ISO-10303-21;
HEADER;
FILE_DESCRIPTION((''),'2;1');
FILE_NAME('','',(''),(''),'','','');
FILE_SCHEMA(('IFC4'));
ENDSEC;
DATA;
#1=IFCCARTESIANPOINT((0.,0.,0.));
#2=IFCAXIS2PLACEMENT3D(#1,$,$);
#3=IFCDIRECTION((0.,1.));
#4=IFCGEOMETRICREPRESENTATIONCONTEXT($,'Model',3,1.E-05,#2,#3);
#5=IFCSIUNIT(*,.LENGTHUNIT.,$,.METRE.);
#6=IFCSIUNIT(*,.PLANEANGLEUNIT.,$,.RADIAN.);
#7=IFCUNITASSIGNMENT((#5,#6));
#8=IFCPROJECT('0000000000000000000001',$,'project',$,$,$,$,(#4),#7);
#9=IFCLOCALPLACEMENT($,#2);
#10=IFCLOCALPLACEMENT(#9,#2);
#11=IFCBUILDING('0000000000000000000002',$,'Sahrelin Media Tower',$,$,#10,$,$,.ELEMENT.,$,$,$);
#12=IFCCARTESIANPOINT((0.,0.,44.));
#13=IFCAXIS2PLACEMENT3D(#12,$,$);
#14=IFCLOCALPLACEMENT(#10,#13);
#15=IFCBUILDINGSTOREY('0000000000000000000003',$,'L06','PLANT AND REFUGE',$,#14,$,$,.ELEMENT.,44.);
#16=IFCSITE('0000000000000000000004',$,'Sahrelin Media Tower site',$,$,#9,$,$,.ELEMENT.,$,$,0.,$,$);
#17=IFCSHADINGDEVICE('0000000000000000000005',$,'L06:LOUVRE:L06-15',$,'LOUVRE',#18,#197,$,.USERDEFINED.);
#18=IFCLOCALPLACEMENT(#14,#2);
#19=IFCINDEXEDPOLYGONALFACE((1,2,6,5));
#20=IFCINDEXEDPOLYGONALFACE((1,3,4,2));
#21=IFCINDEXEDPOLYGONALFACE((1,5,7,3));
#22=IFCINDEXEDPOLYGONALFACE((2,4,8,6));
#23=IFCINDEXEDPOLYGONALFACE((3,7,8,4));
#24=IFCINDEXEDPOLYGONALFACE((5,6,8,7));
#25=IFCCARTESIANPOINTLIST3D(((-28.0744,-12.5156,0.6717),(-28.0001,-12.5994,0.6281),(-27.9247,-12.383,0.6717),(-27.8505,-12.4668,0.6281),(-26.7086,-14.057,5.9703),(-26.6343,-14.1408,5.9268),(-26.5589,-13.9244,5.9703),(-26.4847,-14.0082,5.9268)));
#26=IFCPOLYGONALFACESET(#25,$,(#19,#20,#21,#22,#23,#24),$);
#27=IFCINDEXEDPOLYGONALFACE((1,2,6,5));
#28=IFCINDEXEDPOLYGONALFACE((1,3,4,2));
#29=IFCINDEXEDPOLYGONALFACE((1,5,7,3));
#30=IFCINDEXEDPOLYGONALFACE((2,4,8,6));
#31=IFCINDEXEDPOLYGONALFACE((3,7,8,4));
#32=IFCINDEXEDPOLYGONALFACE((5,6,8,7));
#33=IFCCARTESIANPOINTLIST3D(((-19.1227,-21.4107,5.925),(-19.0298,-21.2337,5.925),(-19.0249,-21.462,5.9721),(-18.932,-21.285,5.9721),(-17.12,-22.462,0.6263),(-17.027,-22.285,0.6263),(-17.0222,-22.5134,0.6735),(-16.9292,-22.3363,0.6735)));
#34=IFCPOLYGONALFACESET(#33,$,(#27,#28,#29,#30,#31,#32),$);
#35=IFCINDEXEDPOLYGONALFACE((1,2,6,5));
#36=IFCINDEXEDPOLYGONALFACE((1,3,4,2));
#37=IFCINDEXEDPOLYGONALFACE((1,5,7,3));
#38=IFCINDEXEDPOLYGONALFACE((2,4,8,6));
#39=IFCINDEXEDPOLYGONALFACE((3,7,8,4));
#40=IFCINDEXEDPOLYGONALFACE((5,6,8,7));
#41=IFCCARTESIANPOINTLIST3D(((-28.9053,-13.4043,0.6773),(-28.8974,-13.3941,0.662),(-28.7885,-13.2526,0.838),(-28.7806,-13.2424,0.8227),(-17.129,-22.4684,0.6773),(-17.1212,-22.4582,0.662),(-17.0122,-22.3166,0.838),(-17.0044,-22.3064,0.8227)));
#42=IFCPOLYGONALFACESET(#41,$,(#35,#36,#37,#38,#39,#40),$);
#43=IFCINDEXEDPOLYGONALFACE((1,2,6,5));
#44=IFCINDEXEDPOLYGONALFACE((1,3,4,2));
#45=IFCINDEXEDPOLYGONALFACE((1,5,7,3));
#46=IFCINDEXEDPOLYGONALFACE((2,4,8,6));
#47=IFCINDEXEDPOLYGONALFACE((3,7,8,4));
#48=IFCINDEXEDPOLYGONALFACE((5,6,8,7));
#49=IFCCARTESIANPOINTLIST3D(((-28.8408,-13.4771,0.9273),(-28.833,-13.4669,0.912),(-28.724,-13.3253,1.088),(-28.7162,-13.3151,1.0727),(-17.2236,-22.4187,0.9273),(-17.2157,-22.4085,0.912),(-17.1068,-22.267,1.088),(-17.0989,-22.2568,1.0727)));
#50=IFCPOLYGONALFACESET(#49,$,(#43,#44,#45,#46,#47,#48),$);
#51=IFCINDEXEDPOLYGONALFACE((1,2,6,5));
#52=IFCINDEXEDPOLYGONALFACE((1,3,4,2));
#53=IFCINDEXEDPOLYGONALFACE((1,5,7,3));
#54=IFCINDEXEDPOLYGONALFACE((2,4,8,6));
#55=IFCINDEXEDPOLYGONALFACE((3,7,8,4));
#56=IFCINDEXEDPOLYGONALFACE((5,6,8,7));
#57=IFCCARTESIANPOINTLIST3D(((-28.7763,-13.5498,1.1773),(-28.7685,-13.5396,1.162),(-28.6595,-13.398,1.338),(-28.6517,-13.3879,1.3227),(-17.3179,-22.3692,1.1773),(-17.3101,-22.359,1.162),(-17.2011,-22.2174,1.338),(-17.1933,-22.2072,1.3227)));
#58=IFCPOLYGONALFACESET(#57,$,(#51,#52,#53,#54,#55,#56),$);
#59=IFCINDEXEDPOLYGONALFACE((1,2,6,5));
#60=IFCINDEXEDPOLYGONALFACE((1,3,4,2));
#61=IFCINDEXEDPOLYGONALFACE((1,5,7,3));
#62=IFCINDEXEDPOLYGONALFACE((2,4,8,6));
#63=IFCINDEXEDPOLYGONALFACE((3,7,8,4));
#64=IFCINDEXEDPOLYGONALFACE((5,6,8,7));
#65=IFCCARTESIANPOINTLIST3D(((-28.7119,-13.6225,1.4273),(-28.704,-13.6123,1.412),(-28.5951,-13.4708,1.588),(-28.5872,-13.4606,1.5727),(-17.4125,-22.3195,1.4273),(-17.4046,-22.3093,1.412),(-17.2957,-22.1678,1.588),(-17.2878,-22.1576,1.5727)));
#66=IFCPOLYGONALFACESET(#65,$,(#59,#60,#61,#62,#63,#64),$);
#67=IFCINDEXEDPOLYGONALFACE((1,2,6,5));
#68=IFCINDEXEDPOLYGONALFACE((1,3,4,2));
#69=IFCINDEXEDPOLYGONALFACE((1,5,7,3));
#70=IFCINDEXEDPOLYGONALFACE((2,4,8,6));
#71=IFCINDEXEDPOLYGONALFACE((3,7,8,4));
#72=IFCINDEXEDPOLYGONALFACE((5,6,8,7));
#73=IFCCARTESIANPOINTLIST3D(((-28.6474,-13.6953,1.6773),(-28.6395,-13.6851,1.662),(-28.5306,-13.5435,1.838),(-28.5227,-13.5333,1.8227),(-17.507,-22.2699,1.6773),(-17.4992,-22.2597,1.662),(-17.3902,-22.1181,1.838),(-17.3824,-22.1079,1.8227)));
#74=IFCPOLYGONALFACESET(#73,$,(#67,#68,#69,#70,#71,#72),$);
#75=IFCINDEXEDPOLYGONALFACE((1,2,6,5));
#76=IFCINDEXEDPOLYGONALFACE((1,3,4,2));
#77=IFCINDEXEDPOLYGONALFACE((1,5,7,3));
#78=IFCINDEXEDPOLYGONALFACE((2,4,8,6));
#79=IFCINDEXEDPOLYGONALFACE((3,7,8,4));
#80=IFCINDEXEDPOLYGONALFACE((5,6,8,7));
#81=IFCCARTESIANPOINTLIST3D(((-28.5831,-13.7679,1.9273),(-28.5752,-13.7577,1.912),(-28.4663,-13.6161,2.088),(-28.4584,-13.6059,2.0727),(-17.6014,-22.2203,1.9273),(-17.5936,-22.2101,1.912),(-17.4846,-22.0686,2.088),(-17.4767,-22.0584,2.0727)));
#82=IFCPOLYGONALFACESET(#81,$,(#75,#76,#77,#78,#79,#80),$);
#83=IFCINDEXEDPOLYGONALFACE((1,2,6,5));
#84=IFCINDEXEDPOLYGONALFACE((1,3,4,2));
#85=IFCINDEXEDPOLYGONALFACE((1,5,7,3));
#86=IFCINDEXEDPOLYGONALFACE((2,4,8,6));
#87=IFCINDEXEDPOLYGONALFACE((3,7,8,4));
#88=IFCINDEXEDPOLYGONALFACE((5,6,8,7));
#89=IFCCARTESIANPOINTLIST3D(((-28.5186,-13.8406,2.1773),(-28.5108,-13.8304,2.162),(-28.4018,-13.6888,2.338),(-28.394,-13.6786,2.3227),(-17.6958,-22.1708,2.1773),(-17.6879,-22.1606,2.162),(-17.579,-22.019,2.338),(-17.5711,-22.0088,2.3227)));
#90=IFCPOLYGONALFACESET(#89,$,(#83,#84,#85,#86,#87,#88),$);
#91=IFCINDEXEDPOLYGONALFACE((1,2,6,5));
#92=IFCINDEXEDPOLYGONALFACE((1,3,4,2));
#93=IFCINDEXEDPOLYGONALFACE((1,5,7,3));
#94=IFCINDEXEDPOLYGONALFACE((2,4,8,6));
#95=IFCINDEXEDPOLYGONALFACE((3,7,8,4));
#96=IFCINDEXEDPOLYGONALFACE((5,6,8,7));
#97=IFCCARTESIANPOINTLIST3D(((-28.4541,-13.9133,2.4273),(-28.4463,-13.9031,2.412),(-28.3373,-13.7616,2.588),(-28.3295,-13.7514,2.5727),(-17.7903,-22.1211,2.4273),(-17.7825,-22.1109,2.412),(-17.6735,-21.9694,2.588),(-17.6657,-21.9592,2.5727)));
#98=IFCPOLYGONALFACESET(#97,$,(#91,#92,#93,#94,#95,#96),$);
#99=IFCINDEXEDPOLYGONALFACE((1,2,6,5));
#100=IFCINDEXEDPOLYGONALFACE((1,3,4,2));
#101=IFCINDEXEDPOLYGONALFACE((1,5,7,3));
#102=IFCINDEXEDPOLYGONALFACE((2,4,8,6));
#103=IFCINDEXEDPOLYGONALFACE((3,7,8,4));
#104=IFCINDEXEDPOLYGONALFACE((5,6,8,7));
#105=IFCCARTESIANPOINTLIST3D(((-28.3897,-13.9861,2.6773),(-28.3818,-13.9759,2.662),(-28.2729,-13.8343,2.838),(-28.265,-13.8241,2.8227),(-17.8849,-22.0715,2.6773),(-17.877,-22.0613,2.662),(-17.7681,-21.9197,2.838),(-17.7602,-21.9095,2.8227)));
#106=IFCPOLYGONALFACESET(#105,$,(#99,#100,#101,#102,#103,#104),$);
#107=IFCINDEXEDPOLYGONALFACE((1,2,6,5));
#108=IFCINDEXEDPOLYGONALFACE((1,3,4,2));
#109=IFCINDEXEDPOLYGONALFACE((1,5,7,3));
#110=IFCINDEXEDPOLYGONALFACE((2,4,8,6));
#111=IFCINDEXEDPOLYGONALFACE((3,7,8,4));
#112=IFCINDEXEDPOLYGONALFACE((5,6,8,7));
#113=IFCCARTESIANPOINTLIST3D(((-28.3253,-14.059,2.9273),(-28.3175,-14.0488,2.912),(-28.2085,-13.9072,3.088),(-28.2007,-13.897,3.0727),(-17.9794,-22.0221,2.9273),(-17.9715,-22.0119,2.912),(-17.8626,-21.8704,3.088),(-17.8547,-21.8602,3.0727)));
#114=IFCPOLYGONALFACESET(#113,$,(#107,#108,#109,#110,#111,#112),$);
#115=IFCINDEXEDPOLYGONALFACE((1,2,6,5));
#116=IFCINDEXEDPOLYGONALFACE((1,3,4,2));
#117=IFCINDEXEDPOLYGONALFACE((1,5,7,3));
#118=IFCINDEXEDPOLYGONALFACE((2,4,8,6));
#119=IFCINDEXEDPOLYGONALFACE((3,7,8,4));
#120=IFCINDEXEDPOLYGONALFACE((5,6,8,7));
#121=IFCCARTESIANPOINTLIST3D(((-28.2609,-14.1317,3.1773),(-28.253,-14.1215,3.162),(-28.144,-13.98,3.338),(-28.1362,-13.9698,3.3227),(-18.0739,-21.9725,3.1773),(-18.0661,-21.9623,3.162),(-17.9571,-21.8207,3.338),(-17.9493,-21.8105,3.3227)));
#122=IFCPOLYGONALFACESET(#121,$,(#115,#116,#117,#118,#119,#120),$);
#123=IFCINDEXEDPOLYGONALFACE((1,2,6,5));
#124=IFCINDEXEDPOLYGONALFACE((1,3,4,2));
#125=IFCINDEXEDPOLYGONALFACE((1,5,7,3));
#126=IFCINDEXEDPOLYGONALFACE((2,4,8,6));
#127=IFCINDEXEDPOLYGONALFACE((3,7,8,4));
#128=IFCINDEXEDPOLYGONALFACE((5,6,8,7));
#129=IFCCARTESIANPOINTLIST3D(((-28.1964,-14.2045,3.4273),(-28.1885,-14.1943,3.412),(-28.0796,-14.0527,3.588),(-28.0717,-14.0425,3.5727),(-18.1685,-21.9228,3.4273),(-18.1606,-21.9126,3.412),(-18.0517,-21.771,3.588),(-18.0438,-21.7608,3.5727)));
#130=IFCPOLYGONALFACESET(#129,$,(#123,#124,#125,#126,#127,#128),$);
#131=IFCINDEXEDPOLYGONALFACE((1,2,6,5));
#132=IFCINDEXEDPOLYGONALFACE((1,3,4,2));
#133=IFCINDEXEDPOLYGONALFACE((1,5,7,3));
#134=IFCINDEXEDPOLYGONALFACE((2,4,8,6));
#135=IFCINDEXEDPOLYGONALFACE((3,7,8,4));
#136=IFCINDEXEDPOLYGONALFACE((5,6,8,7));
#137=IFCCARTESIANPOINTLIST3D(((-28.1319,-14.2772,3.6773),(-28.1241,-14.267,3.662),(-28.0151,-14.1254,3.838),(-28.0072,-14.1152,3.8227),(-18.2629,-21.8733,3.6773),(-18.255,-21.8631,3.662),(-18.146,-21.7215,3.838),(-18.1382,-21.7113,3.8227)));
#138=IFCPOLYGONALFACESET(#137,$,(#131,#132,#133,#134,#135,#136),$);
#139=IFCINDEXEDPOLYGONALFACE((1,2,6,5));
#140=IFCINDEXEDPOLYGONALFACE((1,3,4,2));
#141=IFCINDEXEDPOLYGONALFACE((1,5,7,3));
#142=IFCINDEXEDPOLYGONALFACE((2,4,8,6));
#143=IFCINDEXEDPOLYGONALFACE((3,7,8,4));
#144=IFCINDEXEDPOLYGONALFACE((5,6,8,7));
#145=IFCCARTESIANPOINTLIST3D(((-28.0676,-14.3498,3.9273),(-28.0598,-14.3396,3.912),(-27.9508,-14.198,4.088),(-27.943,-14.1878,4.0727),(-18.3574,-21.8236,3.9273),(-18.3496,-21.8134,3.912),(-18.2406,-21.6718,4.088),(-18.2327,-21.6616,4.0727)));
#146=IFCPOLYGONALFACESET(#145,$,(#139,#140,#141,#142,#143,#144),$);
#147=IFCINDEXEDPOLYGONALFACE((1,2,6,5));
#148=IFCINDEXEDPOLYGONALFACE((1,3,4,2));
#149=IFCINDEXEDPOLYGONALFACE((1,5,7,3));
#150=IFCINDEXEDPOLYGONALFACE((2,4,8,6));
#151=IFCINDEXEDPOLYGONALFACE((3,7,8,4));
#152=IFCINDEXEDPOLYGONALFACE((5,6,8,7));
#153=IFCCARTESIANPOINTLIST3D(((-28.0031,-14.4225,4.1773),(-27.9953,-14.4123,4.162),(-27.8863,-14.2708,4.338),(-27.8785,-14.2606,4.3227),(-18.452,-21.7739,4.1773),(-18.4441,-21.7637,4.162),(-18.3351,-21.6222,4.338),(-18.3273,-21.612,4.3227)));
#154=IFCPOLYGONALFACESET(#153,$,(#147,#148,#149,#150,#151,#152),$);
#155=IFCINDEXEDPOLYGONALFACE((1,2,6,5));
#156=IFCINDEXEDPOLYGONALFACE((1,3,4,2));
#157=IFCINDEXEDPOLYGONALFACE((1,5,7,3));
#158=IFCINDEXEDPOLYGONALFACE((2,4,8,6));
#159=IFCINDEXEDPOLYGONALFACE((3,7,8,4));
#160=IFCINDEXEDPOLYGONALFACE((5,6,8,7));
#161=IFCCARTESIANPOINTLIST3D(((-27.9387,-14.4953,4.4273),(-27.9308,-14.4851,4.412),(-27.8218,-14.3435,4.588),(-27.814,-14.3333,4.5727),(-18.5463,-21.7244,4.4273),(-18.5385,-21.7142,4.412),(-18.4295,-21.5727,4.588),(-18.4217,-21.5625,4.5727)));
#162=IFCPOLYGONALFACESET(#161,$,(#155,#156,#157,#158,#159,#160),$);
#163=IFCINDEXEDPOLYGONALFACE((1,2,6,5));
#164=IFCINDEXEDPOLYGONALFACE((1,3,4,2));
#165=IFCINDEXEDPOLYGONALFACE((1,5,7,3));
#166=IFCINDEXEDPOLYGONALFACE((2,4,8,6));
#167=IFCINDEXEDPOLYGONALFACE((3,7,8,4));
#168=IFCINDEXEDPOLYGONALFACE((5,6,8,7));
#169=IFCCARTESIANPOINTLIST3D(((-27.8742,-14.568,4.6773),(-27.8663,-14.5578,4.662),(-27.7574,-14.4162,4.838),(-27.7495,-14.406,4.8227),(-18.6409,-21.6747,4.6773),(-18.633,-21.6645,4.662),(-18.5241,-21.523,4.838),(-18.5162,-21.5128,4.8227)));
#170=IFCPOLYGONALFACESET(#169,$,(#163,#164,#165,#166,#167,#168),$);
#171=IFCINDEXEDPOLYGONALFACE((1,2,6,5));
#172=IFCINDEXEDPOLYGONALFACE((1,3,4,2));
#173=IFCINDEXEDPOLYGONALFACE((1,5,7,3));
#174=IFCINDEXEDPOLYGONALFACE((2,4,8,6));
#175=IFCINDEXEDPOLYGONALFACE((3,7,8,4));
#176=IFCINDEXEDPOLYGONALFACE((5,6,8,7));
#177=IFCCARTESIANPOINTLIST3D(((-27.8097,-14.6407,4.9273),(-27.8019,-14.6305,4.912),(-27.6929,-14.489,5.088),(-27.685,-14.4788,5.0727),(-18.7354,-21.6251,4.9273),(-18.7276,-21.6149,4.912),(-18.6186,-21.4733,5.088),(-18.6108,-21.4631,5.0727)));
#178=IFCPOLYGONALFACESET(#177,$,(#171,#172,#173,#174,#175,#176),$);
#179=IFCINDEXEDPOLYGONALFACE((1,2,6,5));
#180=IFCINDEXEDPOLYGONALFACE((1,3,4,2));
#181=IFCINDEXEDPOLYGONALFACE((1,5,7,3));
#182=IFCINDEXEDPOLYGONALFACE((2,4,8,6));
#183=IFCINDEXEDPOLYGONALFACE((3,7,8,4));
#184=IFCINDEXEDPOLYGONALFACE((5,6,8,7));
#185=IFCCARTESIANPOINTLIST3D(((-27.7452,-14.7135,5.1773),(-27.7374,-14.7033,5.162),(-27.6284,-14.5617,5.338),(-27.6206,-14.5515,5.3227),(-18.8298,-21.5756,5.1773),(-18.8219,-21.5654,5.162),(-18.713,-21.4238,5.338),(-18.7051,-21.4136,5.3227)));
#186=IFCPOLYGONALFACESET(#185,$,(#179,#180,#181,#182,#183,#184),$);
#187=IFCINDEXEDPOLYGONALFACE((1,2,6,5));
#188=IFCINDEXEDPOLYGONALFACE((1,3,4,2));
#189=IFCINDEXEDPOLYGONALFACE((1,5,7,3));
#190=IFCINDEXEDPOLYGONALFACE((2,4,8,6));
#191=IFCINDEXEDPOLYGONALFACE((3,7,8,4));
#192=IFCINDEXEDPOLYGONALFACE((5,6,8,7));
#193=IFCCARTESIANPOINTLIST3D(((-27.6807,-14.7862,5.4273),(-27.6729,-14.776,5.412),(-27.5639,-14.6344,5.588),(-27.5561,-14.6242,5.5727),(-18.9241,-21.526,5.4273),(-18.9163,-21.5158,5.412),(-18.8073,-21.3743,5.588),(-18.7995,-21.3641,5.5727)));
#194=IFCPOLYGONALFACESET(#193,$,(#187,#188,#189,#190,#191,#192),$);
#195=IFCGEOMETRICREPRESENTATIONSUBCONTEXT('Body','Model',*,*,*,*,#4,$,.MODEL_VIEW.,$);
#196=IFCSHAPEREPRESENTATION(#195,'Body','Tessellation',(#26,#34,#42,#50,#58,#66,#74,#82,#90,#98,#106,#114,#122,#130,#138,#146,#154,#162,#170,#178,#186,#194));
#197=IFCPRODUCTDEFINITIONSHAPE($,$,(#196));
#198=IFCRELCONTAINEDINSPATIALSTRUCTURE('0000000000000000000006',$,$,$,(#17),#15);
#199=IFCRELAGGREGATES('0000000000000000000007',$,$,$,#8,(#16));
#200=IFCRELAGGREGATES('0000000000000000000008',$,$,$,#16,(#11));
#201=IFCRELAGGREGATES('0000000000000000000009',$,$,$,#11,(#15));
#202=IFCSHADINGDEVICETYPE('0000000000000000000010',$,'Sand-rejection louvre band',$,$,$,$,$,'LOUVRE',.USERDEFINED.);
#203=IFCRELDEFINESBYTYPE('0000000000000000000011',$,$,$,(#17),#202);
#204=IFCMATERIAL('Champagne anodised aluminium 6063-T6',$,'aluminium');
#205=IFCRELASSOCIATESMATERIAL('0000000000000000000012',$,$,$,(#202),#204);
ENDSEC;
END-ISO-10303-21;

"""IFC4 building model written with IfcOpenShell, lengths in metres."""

from ifc_helpers import new_model, si_unit, direction, frame, origin, origin_2d, place, context, subcontext, project, spatial, rectangle, extrude, material, type_object, element, save


model = new_model("IFC4")

# Units and contexts
model_context = context("Model", 3, precision=1e-05, world=origin(), true_north=direction((0.0, 1.0)))
body_context = subcontext(model_context, "Body", "Model", "MODEL_VIEW")
ifc_project = project(units=[si_unit("LENGTHUNIT", "METRE"), si_unit("PLANEANGLEUNIT", "RADIAN")], contexts=[model_context])

# Site, building, storey
site_placement = place(None, origin())
site = spatial("IfcSite", under=ifc_project, at=site_placement, Name="Sahrelin Media Tower site", CompositionType="ELEMENT", RefElevation=0.0)
building_placement = place(site_placement, origin())
building = spatial("IfcBuilding", under=site, at=building_placement, Name="Sahrelin Media Tower", CompositionType="ELEMENT")
storey_placement = place(building_placement, frame((0.0, 0.0, 44.0)))
storey = spatial("IfcBuildingStorey", under=building, at=storey_placement, Name="L06", Description="PLANT AND REFUGE", CompositionType="ELEMENT", Elevation=44.0)

# Shading device
ifc_material_1 = material(Name="Champagne anodised aluminium 6063-T6", Category="aluminium")
shading_device_type = type_object("IfcShadingDeviceType", Name="Sand-rejection louvre band", ElementType="LOUVRE", PredefinedType="USERDEFINED", material=ifc_material_1)
shading_device_1_placement = place(storey_placement, frame((-22.5945, -17.3062, 0.0), z_axis=(0.0, 0.0, 1.0), x_axis=(-0.792449, 0.609938, 0.0)))
element("IfcShadingDevice", 1, at=shading_device_1_placement, inside=storey, type_object=shading_device_type, Name="L06:LOUVRE:L06-15", ObjectType="LOUVRE", PredefinedType="USERDEFINED", context=body_context, shape_type="SweptSolid", body=[
    extrude(rectangle(XDim=0.2, YDim=0.1201, at=origin_2d()), frame((7.1907, -0.5415, 0.6499), z_axis=(-0.35577, 0.068328, 0.932072), x_axis=(-0.18861, -0.982052, 0.0)), (0.0, 0.0, 1.0), 5.6848),
    extrude(rectangle(XDim=0.2, YDim=0.1201, at=origin_2d()), frame((-7.5203, 0.6387, 0.6499), z_axis=(0.386774, 0.067422, 0.919706), x_axis=(-0.171728, 0.985144, 0.0)), (0.0, 0.0, 1.0), 5.7612),
    extrude(rectangle(XDim=0.25, YDim=0.02, at=origin_2d()), frame((7.3809, 0.655, 0.75), z_axis=(-1.0, 0.0, 0.0), x_axis=(0.0, -0.766044, 0.642788)), (0.0, 0.0, 1.0), 14.8606),
    extrude(rectangle(XDim=0.25, YDim=0.02, at=origin_2d()), frame((7.2854, 0.6733, 1.0), z_axis=(-1.0, 0.0, 0.0), x_axis=(0.0, -0.766044, 0.642788)), (0.0, 0.0, 1.0), 14.6599),
    extrude(rectangle(XDim=0.25, YDim=0.02, at=origin_2d()), frame((7.1899, 0.6917, 1.25), z_axis=(-1.0, 0.0, 0.0), x_axis=(0.0, -0.766044, 0.642788)), (0.0, 0.0, 1.0), 14.4595),
    extrude(rectangle(XDim=0.25, YDim=0.02, at=origin_2d()), frame((7.0945, 0.71, 1.5), z_axis=(-1.0, 0.0, 0.0), x_axis=(0.0, -0.766044, 0.642788)), (0.0, 0.0, 1.0), 14.2588),
    extrude(rectangle(XDim=0.25, YDim=0.02, at=origin_2d()), frame((6.999, 0.7283, 1.75), z_axis=(-1.0, 0.0, 0.0), x_axis=(0.0, -0.766044, 0.642788)), (0.0, 0.0, 1.0), 14.0581),
    extrude(rectangle(XDim=0.25, YDim=0.02, at=origin_2d()), frame((6.9038, 0.7466, 2.0), z_axis=(-1.0, 0.0, 0.0), x_axis=(0.0, -0.766044, 0.642788)), (0.0, 0.0, 1.0), 13.8579),
    extrude(rectangle(XDim=0.25, YDim=0.02, at=origin_2d()), frame((6.8083, 0.7649, 2.25), z_axis=(-1.0, 0.0, 0.0), x_axis=(0.0, -0.766044, 0.642788)), (0.0, 0.0, 1.0), 13.6575),
    extrude(rectangle(XDim=0.25, YDim=0.02, at=origin_2d()), frame((6.7129, 0.7832, 2.5), z_axis=(-1.0, 0.0, 0.0), x_axis=(0.0, -0.766044, 0.642788)), (0.0, 0.0, 1.0), 13.4568),
    extrude(rectangle(XDim=0.25, YDim=0.02, at=origin_2d()), frame((6.6174, 0.8015, 2.75), z_axis=(-1.0, 0.0, 0.0), x_axis=(0.0, -0.766044, 0.642788)), (0.0, 0.0, 1.0), 13.2561),
    extrude(rectangle(XDim=0.25, YDim=0.02, at=origin_2d()), frame((6.522, 0.8201, 3.0), z_axis=(-1.0, 0.0, 0.0), x_axis=(0.0, -0.766044, 0.642788)), (0.0, 0.0, 1.0), 13.0557),
    extrude(rectangle(XDim=0.25, YDim=0.02, at=origin_2d()), frame((6.4265, 0.8384, 3.25), z_axis=(-1.0, 0.0, 0.0), x_axis=(0.0, -0.766044, 0.642788)), (0.0, 0.0, 1.0), 12.855),
    extrude(rectangle(XDim=0.25, YDim=0.02, at=origin_2d()), frame((6.3311, 0.8567, 3.5), z_axis=(-1.0, 0.0, 0.0), x_axis=(0.0, -0.766044, 0.642788)), (0.0, 0.0, 1.0), 12.6543),
    extrude(rectangle(XDim=0.25, YDim=0.02, at=origin_2d()), frame((6.2356, 0.875, 3.75), z_axis=(-1.0, 0.0, 0.0), x_axis=(0.0, -0.766044, 0.642788)), (0.0, 0.0, 1.0), 12.4539),
    extrude(rectangle(XDim=0.25, YDim=0.02, at=origin_2d()), frame((6.1404, 0.8933, 4.0), z_axis=(-1.0, 0.0, 0.0), x_axis=(0.0, -0.766044, 0.642788)), (0.0, 0.0, 1.0), 12.2534),
    extrude(rectangle(XDim=0.25, YDim=0.02, at=origin_2d()), frame((6.0449, 0.9116, 4.25), z_axis=(-1.0, 0.0, 0.0), x_axis=(0.0, -0.766044, 0.642788)), (0.0, 0.0, 1.0), 12.0527),
    extrude(rectangle(XDim=0.25, YDim=0.02, at=origin_2d()), frame((5.9495, 0.9299, 4.5), z_axis=(-1.0, 0.0, 0.0), x_axis=(0.0, -0.766044, 0.642788)), (0.0, 0.0, 1.0), 11.8523),
    extrude(rectangle(XDim=0.25, YDim=0.02, at=origin_2d()), frame((5.854, 0.9482, 4.75), z_axis=(-1.0, 0.0, 0.0), x_axis=(0.0, -0.766044, 0.642788)), (0.0, 0.0, 1.0), 11.6516),
    extrude(rectangle(XDim=0.25, YDim=0.02, at=origin_2d()), frame((5.7585, 0.9666, 5.0), z_axis=(-1.0, 0.0, 0.0), x_axis=(0.0, -0.766044, 0.642788)), (0.0, 0.0, 1.0), 11.4509),
    extrude(rectangle(XDim=0.25, YDim=0.02, at=origin_2d()), frame((5.6631, 0.9849, 5.25), z_axis=(-1.0, 0.0, 0.0), x_axis=(0.0, -0.766044, 0.642788)), (0.0, 0.0, 1.0), 11.2505),
    extrude(rectangle(XDim=0.25, YDim=0.02, at=origin_2d()), frame((5.5676, 1.0032, 5.5), z_axis=(-1.0, 0.0, 0.0), x_axis=(0.0, -0.766044, 0.642788)), (0.0, 0.0, 1.0), 11.05),
])

save(model, "model.ifc")
